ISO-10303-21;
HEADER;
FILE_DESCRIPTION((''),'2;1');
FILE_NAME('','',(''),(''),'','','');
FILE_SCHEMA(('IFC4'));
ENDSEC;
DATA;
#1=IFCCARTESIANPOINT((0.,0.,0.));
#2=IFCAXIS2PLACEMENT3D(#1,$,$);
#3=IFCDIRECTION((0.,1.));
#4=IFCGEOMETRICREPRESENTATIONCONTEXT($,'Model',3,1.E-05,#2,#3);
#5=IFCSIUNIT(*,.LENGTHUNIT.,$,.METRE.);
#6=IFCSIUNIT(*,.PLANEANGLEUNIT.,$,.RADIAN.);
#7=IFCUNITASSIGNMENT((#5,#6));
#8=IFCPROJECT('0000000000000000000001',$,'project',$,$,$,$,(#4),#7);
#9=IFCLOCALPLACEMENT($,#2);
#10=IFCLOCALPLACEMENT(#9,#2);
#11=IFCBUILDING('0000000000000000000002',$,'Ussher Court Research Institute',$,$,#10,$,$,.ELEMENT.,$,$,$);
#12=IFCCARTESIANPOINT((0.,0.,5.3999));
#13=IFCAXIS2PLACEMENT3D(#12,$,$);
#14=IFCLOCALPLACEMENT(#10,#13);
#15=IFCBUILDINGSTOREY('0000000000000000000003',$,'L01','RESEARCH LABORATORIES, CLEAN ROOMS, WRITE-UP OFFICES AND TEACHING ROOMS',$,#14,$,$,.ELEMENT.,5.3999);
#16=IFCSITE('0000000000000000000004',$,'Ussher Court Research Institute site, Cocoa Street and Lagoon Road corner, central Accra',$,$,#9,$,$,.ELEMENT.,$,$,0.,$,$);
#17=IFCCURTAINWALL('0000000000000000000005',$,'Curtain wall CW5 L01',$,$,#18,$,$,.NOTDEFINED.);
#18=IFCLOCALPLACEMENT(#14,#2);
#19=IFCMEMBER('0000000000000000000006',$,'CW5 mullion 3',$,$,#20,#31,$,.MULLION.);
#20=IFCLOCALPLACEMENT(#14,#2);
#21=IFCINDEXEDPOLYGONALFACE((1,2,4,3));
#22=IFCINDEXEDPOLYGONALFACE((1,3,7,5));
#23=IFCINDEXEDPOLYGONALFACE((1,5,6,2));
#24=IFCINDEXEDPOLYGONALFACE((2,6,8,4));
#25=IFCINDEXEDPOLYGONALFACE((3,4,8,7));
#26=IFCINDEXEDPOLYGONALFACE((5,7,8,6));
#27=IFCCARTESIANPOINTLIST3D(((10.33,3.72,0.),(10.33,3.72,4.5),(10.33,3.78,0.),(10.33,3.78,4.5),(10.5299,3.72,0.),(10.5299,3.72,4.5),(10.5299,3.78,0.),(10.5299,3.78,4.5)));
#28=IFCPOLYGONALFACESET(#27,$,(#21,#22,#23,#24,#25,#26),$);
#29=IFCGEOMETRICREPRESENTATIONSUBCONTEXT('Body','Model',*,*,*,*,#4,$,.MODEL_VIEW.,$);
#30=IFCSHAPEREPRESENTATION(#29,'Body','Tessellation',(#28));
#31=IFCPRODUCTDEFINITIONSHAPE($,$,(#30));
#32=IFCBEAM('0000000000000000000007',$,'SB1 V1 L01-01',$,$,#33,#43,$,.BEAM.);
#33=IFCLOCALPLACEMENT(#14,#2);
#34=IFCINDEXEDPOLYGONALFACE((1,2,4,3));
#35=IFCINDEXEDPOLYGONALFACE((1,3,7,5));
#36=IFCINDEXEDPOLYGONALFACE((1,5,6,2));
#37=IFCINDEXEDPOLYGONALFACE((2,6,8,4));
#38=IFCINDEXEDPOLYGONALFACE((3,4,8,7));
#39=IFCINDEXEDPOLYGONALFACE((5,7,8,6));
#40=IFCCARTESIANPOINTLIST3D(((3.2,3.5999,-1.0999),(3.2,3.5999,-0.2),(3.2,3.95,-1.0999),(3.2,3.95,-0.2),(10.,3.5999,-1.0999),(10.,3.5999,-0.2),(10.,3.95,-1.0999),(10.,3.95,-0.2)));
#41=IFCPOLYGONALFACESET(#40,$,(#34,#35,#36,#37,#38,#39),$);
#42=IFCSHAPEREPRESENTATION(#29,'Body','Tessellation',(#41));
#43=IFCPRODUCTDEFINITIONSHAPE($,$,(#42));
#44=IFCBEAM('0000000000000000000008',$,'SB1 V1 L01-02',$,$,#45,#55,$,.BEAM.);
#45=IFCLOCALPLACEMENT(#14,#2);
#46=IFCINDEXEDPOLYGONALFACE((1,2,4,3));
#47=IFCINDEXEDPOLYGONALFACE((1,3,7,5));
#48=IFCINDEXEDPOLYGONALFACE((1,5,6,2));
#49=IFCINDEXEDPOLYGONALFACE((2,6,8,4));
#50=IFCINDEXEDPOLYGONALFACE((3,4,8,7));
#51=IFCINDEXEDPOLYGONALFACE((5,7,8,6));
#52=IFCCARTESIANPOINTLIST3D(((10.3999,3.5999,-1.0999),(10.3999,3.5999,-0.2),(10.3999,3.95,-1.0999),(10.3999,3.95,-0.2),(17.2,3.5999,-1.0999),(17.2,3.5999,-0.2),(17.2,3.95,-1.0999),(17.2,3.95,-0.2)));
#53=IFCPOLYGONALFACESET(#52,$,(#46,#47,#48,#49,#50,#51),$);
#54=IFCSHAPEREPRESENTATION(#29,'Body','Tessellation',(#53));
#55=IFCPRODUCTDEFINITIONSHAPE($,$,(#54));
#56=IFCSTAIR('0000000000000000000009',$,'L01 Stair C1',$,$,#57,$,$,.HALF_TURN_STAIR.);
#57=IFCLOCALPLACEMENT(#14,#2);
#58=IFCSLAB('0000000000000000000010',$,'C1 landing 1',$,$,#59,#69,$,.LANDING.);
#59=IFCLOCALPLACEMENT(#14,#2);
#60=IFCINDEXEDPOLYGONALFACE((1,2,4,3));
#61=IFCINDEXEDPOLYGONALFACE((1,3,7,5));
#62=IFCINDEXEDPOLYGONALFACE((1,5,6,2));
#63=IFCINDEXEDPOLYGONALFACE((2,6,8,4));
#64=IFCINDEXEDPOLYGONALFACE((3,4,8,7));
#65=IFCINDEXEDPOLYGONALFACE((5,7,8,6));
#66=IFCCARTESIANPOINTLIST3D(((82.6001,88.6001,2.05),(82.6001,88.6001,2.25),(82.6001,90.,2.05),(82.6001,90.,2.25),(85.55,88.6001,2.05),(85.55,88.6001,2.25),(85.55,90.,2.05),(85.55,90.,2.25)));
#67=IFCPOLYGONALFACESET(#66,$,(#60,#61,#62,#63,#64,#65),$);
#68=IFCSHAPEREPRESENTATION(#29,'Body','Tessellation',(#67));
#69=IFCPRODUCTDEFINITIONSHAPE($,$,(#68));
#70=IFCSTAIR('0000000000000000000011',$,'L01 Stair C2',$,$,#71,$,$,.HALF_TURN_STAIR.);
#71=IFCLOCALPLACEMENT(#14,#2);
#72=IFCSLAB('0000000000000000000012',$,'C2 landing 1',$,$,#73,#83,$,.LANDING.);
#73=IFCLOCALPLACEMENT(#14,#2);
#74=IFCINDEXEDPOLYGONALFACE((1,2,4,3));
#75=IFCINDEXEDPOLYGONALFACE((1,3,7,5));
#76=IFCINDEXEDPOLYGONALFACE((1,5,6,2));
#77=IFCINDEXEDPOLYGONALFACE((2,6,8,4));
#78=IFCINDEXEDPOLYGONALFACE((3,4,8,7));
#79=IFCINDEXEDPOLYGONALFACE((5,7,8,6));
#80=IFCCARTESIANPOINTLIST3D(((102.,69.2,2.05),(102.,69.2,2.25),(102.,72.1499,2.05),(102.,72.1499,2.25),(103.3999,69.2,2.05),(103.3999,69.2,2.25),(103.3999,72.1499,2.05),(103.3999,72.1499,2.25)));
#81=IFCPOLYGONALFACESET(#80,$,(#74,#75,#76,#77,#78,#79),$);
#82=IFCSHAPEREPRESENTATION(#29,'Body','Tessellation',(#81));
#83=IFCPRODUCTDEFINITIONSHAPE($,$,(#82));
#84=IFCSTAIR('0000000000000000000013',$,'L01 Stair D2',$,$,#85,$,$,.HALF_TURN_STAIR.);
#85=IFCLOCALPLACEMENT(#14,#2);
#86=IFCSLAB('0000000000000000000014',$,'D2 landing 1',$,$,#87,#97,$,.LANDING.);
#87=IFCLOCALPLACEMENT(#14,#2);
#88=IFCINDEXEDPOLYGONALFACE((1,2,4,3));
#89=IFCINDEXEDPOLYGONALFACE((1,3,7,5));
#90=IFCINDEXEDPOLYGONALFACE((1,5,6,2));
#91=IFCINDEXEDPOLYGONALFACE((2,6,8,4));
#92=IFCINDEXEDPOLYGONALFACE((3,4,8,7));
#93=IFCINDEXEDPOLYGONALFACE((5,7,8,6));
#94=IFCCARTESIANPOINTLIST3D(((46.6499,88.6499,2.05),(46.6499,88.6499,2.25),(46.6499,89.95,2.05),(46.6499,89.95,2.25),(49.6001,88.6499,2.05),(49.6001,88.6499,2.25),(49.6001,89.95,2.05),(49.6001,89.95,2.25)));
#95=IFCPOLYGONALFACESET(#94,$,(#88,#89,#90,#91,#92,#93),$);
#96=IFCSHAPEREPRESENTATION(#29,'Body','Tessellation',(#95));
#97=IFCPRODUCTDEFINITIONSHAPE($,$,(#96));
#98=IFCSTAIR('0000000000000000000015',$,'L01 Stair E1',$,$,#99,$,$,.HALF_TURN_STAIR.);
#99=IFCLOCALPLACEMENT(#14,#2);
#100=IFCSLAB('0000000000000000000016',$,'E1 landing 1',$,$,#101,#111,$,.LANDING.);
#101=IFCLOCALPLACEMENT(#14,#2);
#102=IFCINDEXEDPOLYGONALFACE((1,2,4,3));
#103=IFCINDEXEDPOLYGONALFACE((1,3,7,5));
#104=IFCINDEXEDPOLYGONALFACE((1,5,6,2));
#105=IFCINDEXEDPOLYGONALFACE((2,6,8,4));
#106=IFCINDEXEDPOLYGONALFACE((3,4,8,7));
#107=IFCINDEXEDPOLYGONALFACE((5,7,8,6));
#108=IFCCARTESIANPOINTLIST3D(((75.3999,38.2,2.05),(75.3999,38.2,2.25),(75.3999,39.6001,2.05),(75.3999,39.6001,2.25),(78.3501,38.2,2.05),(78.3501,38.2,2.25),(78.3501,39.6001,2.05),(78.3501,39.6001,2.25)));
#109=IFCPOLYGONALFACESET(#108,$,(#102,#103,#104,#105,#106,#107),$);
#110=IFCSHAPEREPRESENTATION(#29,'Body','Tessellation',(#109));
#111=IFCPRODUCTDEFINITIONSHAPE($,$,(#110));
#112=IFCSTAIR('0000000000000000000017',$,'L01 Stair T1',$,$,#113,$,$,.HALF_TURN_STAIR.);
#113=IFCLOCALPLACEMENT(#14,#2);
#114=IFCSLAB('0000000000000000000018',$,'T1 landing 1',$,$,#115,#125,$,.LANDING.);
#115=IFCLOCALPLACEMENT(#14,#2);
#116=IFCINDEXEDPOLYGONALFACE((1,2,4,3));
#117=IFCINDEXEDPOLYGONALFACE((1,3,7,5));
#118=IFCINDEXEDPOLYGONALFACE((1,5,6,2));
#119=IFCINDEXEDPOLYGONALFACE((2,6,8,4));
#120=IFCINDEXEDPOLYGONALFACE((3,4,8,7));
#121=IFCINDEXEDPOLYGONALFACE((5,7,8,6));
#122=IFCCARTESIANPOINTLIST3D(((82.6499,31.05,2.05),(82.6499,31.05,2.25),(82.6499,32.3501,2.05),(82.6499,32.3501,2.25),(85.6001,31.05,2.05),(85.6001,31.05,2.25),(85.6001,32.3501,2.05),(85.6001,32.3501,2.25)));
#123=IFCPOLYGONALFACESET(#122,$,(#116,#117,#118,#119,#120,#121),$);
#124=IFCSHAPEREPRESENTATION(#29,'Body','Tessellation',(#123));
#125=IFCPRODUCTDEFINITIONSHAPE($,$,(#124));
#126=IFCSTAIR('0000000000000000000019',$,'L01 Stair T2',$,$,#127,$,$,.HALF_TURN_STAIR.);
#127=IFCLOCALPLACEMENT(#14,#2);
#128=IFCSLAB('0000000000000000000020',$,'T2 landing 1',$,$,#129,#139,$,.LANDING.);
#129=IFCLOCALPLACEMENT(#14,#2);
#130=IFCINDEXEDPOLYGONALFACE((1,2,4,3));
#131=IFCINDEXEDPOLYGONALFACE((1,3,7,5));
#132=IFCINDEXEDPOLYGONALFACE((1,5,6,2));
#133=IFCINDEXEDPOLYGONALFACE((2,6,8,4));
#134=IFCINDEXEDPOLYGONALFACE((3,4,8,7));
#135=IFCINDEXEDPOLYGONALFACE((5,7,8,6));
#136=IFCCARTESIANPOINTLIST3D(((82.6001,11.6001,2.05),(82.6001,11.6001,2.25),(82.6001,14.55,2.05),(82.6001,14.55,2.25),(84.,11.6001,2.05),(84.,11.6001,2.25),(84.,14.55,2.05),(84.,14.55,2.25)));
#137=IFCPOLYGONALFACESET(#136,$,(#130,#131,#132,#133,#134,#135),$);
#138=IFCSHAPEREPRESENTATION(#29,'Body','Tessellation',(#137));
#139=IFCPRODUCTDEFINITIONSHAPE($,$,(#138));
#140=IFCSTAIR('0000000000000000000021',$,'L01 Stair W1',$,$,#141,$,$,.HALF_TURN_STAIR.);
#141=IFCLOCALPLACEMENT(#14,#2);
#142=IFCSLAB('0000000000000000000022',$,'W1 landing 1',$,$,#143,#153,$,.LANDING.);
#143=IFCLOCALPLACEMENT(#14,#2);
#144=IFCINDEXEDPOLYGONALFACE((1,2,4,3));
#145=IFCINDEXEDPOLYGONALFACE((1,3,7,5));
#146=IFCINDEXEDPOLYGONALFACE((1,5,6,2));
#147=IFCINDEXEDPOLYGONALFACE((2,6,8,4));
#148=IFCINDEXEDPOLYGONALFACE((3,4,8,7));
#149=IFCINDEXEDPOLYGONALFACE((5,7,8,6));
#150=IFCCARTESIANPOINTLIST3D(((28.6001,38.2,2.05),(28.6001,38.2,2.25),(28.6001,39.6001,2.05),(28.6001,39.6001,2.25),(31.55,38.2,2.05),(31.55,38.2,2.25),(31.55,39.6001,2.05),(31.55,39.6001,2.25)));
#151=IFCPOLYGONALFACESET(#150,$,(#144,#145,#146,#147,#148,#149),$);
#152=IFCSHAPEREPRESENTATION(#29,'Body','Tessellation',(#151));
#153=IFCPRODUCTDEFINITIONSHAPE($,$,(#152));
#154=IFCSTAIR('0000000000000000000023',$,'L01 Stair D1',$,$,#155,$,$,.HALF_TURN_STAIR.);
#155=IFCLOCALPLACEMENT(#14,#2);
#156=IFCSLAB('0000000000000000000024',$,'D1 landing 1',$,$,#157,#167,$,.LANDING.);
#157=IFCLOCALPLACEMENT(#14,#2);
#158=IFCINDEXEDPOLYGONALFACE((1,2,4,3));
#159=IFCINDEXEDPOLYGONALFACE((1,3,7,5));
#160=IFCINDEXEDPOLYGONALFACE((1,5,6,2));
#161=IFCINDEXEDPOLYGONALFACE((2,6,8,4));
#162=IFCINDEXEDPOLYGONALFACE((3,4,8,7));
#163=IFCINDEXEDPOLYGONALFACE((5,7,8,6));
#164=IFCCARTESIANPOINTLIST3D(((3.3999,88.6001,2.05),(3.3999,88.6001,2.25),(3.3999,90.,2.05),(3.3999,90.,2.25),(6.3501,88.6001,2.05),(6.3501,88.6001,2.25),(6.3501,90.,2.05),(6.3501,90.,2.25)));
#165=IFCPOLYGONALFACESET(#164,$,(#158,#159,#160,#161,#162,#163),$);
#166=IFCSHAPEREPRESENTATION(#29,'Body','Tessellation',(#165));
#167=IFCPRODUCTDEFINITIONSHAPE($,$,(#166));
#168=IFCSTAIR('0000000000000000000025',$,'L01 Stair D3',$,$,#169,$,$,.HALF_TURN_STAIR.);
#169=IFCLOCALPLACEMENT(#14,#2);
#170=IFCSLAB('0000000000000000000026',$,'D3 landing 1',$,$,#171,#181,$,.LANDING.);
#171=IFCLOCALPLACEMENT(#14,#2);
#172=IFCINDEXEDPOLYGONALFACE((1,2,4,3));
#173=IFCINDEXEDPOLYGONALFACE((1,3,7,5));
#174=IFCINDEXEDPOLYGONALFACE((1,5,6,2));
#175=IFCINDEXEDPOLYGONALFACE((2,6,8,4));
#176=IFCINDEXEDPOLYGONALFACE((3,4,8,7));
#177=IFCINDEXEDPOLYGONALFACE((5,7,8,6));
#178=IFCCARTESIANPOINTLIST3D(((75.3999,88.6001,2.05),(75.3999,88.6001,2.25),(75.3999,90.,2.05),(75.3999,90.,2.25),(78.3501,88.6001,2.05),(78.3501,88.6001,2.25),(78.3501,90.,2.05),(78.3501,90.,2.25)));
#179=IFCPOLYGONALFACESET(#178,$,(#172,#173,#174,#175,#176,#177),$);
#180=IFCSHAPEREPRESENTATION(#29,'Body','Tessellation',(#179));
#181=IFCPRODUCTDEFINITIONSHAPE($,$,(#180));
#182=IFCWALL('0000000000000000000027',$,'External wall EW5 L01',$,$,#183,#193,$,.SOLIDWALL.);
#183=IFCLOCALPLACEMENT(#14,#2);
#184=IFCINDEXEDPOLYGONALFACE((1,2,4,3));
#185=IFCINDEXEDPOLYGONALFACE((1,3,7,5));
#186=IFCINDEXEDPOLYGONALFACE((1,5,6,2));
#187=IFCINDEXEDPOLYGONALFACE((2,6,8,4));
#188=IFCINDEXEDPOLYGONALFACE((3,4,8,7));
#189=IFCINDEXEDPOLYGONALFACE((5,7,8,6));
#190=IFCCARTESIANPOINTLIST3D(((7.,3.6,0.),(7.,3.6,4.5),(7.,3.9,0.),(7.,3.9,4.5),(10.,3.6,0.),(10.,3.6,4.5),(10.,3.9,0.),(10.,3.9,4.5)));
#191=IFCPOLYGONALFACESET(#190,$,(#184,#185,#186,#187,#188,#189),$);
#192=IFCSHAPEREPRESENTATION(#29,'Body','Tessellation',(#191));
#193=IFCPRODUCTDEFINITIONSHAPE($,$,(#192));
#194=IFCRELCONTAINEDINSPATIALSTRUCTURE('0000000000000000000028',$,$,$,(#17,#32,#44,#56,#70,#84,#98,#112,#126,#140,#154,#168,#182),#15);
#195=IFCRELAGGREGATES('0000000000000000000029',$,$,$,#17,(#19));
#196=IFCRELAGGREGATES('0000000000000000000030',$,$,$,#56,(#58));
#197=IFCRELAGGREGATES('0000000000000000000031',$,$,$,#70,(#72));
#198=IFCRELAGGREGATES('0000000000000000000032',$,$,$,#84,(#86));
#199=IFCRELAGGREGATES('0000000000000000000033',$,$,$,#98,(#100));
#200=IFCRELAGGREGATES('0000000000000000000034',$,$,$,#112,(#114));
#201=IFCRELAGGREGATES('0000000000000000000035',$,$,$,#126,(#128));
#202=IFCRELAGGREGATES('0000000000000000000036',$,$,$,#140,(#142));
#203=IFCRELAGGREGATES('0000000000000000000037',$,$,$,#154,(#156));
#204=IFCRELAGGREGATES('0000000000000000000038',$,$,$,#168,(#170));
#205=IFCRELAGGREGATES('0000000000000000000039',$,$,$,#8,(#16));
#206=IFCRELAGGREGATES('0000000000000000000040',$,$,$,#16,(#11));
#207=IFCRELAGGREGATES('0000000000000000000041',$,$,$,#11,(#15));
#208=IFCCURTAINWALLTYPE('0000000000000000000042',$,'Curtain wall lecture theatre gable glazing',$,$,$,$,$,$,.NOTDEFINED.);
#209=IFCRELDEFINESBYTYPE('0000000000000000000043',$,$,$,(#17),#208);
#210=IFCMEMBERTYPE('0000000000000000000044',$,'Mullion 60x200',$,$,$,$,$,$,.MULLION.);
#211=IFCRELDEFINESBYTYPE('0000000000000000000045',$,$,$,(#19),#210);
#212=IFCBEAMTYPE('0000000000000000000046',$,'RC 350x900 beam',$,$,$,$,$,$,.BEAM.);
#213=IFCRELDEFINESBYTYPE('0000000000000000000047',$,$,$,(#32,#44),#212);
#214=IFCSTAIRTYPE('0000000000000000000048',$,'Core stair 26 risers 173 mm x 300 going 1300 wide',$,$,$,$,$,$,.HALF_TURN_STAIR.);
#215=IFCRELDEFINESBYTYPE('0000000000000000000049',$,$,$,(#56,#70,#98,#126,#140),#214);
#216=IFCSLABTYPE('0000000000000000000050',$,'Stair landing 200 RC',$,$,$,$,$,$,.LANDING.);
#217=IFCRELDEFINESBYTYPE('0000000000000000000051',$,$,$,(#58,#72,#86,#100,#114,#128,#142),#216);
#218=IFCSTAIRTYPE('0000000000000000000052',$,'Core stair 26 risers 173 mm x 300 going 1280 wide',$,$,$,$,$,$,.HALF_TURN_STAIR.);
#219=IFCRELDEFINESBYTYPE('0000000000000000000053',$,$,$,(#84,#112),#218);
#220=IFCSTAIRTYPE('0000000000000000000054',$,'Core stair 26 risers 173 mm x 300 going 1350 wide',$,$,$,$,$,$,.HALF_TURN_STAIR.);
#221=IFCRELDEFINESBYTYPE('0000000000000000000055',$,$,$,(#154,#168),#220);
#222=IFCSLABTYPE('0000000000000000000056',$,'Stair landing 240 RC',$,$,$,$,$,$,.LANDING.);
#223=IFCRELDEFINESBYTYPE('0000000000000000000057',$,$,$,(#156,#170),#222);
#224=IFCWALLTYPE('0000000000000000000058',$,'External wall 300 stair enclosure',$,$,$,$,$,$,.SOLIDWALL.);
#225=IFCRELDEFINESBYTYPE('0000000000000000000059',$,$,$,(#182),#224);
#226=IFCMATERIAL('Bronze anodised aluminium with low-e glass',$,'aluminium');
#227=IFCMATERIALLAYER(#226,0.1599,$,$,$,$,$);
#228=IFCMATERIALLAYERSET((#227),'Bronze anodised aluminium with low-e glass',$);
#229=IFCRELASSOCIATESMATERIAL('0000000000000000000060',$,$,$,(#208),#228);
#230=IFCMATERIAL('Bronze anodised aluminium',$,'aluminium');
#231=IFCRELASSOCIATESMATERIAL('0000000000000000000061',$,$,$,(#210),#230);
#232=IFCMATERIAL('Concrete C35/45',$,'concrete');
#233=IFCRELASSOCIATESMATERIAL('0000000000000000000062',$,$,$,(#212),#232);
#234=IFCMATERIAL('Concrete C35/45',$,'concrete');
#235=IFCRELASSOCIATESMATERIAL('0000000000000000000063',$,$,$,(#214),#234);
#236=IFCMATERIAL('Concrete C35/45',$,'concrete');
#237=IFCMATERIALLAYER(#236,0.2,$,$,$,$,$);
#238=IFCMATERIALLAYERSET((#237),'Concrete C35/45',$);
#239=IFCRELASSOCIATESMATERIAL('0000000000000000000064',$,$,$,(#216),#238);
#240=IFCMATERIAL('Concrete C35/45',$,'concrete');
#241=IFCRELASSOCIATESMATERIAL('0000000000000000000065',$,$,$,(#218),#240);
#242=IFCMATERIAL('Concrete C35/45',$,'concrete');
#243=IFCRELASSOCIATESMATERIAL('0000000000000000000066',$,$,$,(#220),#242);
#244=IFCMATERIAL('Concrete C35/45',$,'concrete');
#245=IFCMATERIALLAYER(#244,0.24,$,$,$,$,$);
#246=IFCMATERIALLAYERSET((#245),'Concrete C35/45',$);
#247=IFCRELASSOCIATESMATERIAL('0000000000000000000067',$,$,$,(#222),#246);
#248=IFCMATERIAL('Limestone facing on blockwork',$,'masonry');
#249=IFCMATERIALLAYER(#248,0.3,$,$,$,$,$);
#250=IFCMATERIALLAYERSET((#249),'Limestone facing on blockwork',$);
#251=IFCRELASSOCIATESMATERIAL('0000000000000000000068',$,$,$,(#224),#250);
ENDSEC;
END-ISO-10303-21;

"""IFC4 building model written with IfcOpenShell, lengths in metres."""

from ifc_helpers import new_model, si_unit, direction, frame, frame_2d, origin, origin_2d, place, context, subcontext, project, spatial, polyline, rectangle, outline, extrude, material, layer, layer_set, material_profile, profile_set, type_object, element, aggregate, save


model = new_model("IFC4")

# Units and contexts
model_context = context("Model", 3, precision=1e-05, world=origin(), true_north=direction((0.0, 1.0)))
body_context = subcontext(model_context, "Body", "Model", "MODEL_VIEW")
ifc_project = project(units=[si_unit("LENGTHUNIT", "METRE"), si_unit("PLANEANGLEUNIT", "RADIAN")], contexts=[model_context])

# Site, building, storey
site_placement = place(None, origin())
site = spatial("IfcSite", under=ifc_project, at=site_placement, Name="Ussher Court Research Institute site, Cocoa Street and Lagoon Road corner, central Accra", CompositionType="ELEMENT", RefElevation=0.0)
building_placement = place(site_placement, origin())
building = spatial("IfcBuilding", under=site, at=building_placement, Name="Ussher Court Research Institute", CompositionType="ELEMENT")
storey_placement = place(building_placement, frame((0.0, 0.0, 5.3999)))
storey = spatial("IfcBuildingStorey", under=building, at=storey_placement, Name="L01", Description="RESEARCH LABORATORIES, CLEAN ROOMS, WRITE-UP OFFICES AND TEACHING ROOMS", CompositionType="ELEMENT", Elevation=5.3999)

# Curtain wall, member
ifc_material_1 = material(Name="Bronze anodised aluminium with low-e glass", Category="aluminium")
ifc_layer_1 = layer(ifc_material_1, 0.1599)
ifc_layer_set_1 = layer_set([ifc_layer_1], Name="Bronze anodised aluminium with low-e glass")
curtain_wall_type = type_object("IfcCurtainWallType", Name="Curtain wall lecture theatre gable glazing", PredefinedType="NOTDEFINED", material=ifc_layer_set_1)
curtain_wall_placement = place(storey_placement, origin())
curtain_wall = element("IfcCurtainWall", 1, at=curtain_wall_placement, inside=storey, type_object=curtain_wall_type, Name="Curtain wall CW5 L01", PredefinedType="NOTDEFINED")
ifc_material_2 = material(Name="Bronze anodised aluminium", Category="aluminium")
ifc_material_profile_1 = material_profile(ifc_material_2, rectangle(XDim=0.0601, YDim=0.2, at=origin_2d()), Name="Mullion 60x200")
ifc_profile_set_1 = profile_set([ifc_material_profile_1], Name="Bronze anodised aluminium")
member_type = type_object("IfcMemberType", Name="Mullion 60x200", PredefinedType="MULLION", material=ifc_profile_set_1)
member_placement = place(storey_placement, frame((10.4299, 3.75, 0.0), z_axis=(0.0, 0.0, 1.0), x_axis=(0.0, -1.0, 0.0)))
member = element("IfcMember", 2, at=member_placement, type_object=member_type, Name="CW5 mullion 3", PredefinedType="MULLION", context=body_context, shape_type="SweptSolid", body=[
    extrude(rectangle(XDim=0.0601, YDim=0.2, at=origin_2d()), origin(), (0.0, 0.0, 1.0), 4.5),
])
aggregate(curtain_wall, [member])

# Beams
ifc_material_3 = material(Name="Concrete C35/45", Category="concrete")
ifc_material_profile_2 = material_profile(ifc_material_3, rectangle(XDim=0.3501, YDim=0.8999, at=origin_2d()), Name="RC 350x900")
ifc_profile_set_2 = profile_set([ifc_material_profile_2], Name="Concrete C35/45")
beam_type = type_object("IfcBeamType", Name="RC 350x900 beam", PredefinedType="BEAM", material=ifc_profile_set_2)
for number, where, z_axis, x_axis, name in (
    (3, (3.2, 3.7749, -0.6499), (1.0, 0.0, 0.0), (0.0, 1.0, 0.0), "SB1 V1 L01-01"),
    (4, (10.3999, 3.7749, -0.6499), (1.0, 0.0, 0.0), (0.0, 1.0, 0.0), "SB1 V1 L01-02"),
):
    element("IfcBeam", number, at=place(storey_placement, frame(where, z_axis=z_axis, x_axis=x_axis)), inside=storey, type_object=beam_type, Name=name, PredefinedType="BEAM", context=body_context, shape_type="SweptSolid", body=[
        extrude(rectangle(XDim=0.3501, YDim=0.8999, at=origin_2d()), origin(), (0.0, 0.0, 1.0), 6.8),
    ])

# Stairs, slabs
ifc_material_4 = material(Name="Concrete C35/45", Category="concrete")
stair_type_1 = type_object("IfcStairType", Name="Core stair 26 risers 173 mm x 300 going 1300 wide", PredefinedType="HALF_TURN_STAIR", material=ifc_material_4)
stair_1_placement = place(storey_placement, origin())
stair_1 = element("IfcStair", 5, at=stair_1_placement, inside=storey, type_object=stair_type_1, Name="L01 Stair C1", PredefinedType="HALF_TURN_STAIR")
ifc_material_5 = material(Name="Concrete C35/45", Category="concrete")
ifc_layer_2 = layer(ifc_material_5, 0.2)
ifc_layer_set_2 = layer_set([ifc_layer_2], Name="Concrete C35/45")
slab_type_1 = type_object("IfcSlabType", Name="Stair landing 200 RC", PredefinedType="LANDING", material=ifc_layer_set_2)
slab_1_placement = place(storey_placement, frame((0.0, 0.0, 2.05)))
slab_1 = element("IfcSlab", 6, at=slab_1_placement, type_object=slab_type_1, Name="C1 landing 1", PredefinedType="LANDING", context=body_context, shape_type="SweptSolid", body=[
    extrude(outline(polyline([(85.55, 88.6001), (85.55, 90.0), (82.6001, 90.0), (82.6001, 88.6001), (85.55, 88.6001)])), origin(), (0.0, 0.0, 1.0), 0.2),
])
aggregate(stair_1, [slab_1])
stair_2_placement = place(storey_placement, origin())
stair_2 = element("IfcStair", 7, at=stair_2_placement, inside=storey, type_object=stair_type_1, Name="L01 Stair C2", PredefinedType="HALF_TURN_STAIR")
slab_2_placement = place(storey_placement, frame((0.0, 0.0, 2.05)))
slab_2 = element("IfcSlab", 8, at=slab_2_placement, type_object=slab_type_1, Name="C2 landing 1", PredefinedType="LANDING", context=body_context, shape_type="SweptSolid", body=[
    extrude(outline(polyline([(102.0, 69.2), (103.3999, 69.2), (103.3999, 72.1499), (102.0, 72.1499), (102.0, 69.2)])), origin(), (0.0, 0.0, 1.0), 0.2),
])
aggregate(stair_2, [slab_2])
ifc_material_6 = material(Name="Concrete C35/45", Category="concrete")
stair_type_2 = type_object("IfcStairType", Name="Core stair 26 risers 173 mm x 300 going 1280 wide", PredefinedType="HALF_TURN_STAIR", material=ifc_material_6)
stair_3_placement = place(storey_placement, origin())
stair_3 = element("IfcStair", 9, at=stair_3_placement, inside=storey, type_object=stair_type_2, Name="L01 Stair D2", PredefinedType="HALF_TURN_STAIR")
slab_3_placement = place(storey_placement, frame((0.0, 0.0, 2.05)))
slab_3 = element("IfcSlab", 10, at=slab_3_placement, type_object=slab_type_1, Name="D2 landing 1", PredefinedType="LANDING", context=body_context, shape_type="SweptSolid", body=[
    extrude(outline(polyline([(49.6001, 88.6499), (49.6001, 89.95), (46.6499, 89.95), (46.6499, 88.6499), (49.6001, 88.6499)])), origin(), (0.0, 0.0, 1.0), 0.2),
])
aggregate(stair_3, [slab_3])
stair_4_placement = place(storey_placement, origin())
stair_4 = element("IfcStair", 11, at=stair_4_placement, inside=storey, type_object=stair_type_1, Name="L01 Stair E1", PredefinedType="HALF_TURN_STAIR")
slab_4_placement = place(storey_placement, frame((0.0, 0.0, 2.05)))
slab_4 = element("IfcSlab", 12, at=slab_4_placement, type_object=slab_type_1, Name="E1 landing 1", PredefinedType="LANDING", context=body_context, shape_type="SweptSolid", body=[
    extrude(outline(polyline([(78.3501, 38.2), (78.3501, 39.6001), (75.3999, 39.6001), (75.3999, 38.2), (78.3501, 38.2)])), origin(), (0.0, 0.0, 1.0), 0.2),
])
aggregate(stair_4, [slab_4])
stair_5_placement = place(storey_placement, origin())
stair_5 = element("IfcStair", 13, at=stair_5_placement, inside=storey, type_object=stair_type_2, Name="L01 Stair T1", PredefinedType="HALF_TURN_STAIR")
slab_5_placement = place(storey_placement, frame((0.0, 0.0, 2.05)))
slab_5 = element("IfcSlab", 14, at=slab_5_placement, type_object=slab_type_1, Name="T1 landing 1", PredefinedType="LANDING", context=body_context, shape_type="SweptSolid", body=[
    extrude(outline(polyline([(85.6001, 31.05), (85.6001, 32.3501), (82.6499, 32.3501), (82.6499, 31.05), (85.6001, 31.05)])), origin(), (0.0, 0.0, 1.0), 0.2),
])
aggregate(stair_5, [slab_5])
stair_6_placement = place(storey_placement, origin())
stair_6 = element("IfcStair", 15, at=stair_6_placement, inside=storey, type_object=stair_type_1, Name="L01 Stair T2", PredefinedType="HALF_TURN_STAIR")
slab_6_placement = place(storey_placement, frame((0.0, 0.0, 2.05)))
slab_6 = element("IfcSlab", 16, at=slab_6_placement, type_object=slab_type_1, Name="T2 landing 1", PredefinedType="LANDING", context=body_context, shape_type="SweptSolid", body=[
    extrude(outline(polyline([(84.0, 14.55), (82.6001, 14.55), (82.6001, 11.6001), (84.0, 11.6001), (84.0, 14.55)])), origin(), (0.0, 0.0, 1.0), 0.2),
])
aggregate(stair_6, [slab_6])
stair_7_placement = place(storey_placement, origin())
stair_7 = element("IfcStair", 17, at=stair_7_placement, inside=storey, type_object=stair_type_1, Name="L01 Stair W1", PredefinedType="HALF_TURN_STAIR")
slab_7_placement = place(storey_placement, frame((0.0, 0.0, 2.05)))
slab_7 = element("IfcSlab", 18, at=slab_7_placement, type_object=slab_type_1, Name="W1 landing 1", PredefinedType="LANDING", context=body_context, shape_type="SweptSolid", body=[
    extrude(outline(polyline([(31.55, 38.2), (31.55, 39.6001), (28.6001, 39.6001), (28.6001, 38.2), (31.55, 38.2)])), origin(), (0.0, 0.0, 1.0), 0.2),
])
aggregate(stair_7, [slab_7])
ifc_material_7 = material(Name="Concrete C35/45", Category="concrete")
stair_type_3 = type_object("IfcStairType", Name="Core stair 26 risers 173 mm x 300 going 1350 wide", PredefinedType="HALF_TURN_STAIR", material=ifc_material_7)
stair_8_placement = place(storey_placement, origin())
stair_8 = element("IfcStair", 19, at=stair_8_placement, inside=storey, type_object=stair_type_3, Name="L01 Stair D1", PredefinedType="HALF_TURN_STAIR")
ifc_material_8 = material(Name="Concrete C35/45", Category="concrete")
ifc_layer_3 = layer(ifc_material_8, 0.24)
ifc_layer_set_3 = layer_set([ifc_layer_3], Name="Concrete C35/45")
slab_type_2 = type_object("IfcSlabType", Name="Stair landing 240 RC", PredefinedType="LANDING", material=ifc_layer_set_3)
slab_8_placement = place(storey_placement, frame((0.0, 0.0, 2.05)))
slab_8 = element("IfcSlab", 20, at=slab_8_placement, type_object=slab_type_2, Name="D1 landing 1", PredefinedType="LANDING", context=body_context, shape_type="SweptSolid", body=[
    extrude(outline(polyline([(6.3501, 88.6001), (6.3501, 90.0), (3.3999, 90.0), (3.3999, 88.6001), (6.3501, 88.6001)])), origin(), (0.0, 0.0, 1.0), 0.2),
])
aggregate(stair_8, [slab_8])
stair_9_placement = place(storey_placement, origin())
stair_9 = element("IfcStair", 21, at=stair_9_placement, inside=storey, type_object=stair_type_3, Name="L01 Stair D3", PredefinedType="HALF_TURN_STAIR")
slab_9_placement = place(storey_placement, frame((0.0, 0.0, 2.05)))
slab_9 = element("IfcSlab", 22, at=slab_9_placement, type_object=slab_type_2, Name="D3 landing 1", PredefinedType="LANDING", context=body_context, shape_type="SweptSolid", body=[
    extrude(outline(polyline([(78.3501, 88.6001), (78.3501, 90.0), (75.3999, 90.0), (75.3999, 88.6001), (78.3501, 88.6001)])), origin(), (0.0, 0.0, 1.0), 0.2),
])
aggregate(stair_9, [slab_9])

# Wall
ifc_material_9 = material(Name="Limestone facing on blockwork", Category="masonry")
ifc_layer_4 = layer(ifc_material_9, 0.3)
ifc_layer_set_4 = layer_set([ifc_layer_4], Name="Limestone facing on blockwork")
wall_type_1 = type_object("IfcWallType", Name="External wall 300 stair enclosure", PredefinedType="SOLIDWALL", material=ifc_layer_set_4)
wall_1_placement = place(storey_placement, frame((10.0, 3.75, 0.0), z_axis=(0.0, 0.0, 1.0), x_axis=(-1.0, 0.0, 0.0)))
element("IfcWall", 23, at=wall_1_placement, inside=storey, type_object=wall_type_1, Name="External wall EW5 L01", PredefinedType="SOLIDWALL", context=body_context, shape_type="SweptSolid", body=[
    extrude(rectangle(XDim=3.0, YDim=0.3, at=frame_2d((1.5, 0.0))), origin(), (0.0, 0.0, 1.0), 4.5),
])

save(model, "model.ifc")
